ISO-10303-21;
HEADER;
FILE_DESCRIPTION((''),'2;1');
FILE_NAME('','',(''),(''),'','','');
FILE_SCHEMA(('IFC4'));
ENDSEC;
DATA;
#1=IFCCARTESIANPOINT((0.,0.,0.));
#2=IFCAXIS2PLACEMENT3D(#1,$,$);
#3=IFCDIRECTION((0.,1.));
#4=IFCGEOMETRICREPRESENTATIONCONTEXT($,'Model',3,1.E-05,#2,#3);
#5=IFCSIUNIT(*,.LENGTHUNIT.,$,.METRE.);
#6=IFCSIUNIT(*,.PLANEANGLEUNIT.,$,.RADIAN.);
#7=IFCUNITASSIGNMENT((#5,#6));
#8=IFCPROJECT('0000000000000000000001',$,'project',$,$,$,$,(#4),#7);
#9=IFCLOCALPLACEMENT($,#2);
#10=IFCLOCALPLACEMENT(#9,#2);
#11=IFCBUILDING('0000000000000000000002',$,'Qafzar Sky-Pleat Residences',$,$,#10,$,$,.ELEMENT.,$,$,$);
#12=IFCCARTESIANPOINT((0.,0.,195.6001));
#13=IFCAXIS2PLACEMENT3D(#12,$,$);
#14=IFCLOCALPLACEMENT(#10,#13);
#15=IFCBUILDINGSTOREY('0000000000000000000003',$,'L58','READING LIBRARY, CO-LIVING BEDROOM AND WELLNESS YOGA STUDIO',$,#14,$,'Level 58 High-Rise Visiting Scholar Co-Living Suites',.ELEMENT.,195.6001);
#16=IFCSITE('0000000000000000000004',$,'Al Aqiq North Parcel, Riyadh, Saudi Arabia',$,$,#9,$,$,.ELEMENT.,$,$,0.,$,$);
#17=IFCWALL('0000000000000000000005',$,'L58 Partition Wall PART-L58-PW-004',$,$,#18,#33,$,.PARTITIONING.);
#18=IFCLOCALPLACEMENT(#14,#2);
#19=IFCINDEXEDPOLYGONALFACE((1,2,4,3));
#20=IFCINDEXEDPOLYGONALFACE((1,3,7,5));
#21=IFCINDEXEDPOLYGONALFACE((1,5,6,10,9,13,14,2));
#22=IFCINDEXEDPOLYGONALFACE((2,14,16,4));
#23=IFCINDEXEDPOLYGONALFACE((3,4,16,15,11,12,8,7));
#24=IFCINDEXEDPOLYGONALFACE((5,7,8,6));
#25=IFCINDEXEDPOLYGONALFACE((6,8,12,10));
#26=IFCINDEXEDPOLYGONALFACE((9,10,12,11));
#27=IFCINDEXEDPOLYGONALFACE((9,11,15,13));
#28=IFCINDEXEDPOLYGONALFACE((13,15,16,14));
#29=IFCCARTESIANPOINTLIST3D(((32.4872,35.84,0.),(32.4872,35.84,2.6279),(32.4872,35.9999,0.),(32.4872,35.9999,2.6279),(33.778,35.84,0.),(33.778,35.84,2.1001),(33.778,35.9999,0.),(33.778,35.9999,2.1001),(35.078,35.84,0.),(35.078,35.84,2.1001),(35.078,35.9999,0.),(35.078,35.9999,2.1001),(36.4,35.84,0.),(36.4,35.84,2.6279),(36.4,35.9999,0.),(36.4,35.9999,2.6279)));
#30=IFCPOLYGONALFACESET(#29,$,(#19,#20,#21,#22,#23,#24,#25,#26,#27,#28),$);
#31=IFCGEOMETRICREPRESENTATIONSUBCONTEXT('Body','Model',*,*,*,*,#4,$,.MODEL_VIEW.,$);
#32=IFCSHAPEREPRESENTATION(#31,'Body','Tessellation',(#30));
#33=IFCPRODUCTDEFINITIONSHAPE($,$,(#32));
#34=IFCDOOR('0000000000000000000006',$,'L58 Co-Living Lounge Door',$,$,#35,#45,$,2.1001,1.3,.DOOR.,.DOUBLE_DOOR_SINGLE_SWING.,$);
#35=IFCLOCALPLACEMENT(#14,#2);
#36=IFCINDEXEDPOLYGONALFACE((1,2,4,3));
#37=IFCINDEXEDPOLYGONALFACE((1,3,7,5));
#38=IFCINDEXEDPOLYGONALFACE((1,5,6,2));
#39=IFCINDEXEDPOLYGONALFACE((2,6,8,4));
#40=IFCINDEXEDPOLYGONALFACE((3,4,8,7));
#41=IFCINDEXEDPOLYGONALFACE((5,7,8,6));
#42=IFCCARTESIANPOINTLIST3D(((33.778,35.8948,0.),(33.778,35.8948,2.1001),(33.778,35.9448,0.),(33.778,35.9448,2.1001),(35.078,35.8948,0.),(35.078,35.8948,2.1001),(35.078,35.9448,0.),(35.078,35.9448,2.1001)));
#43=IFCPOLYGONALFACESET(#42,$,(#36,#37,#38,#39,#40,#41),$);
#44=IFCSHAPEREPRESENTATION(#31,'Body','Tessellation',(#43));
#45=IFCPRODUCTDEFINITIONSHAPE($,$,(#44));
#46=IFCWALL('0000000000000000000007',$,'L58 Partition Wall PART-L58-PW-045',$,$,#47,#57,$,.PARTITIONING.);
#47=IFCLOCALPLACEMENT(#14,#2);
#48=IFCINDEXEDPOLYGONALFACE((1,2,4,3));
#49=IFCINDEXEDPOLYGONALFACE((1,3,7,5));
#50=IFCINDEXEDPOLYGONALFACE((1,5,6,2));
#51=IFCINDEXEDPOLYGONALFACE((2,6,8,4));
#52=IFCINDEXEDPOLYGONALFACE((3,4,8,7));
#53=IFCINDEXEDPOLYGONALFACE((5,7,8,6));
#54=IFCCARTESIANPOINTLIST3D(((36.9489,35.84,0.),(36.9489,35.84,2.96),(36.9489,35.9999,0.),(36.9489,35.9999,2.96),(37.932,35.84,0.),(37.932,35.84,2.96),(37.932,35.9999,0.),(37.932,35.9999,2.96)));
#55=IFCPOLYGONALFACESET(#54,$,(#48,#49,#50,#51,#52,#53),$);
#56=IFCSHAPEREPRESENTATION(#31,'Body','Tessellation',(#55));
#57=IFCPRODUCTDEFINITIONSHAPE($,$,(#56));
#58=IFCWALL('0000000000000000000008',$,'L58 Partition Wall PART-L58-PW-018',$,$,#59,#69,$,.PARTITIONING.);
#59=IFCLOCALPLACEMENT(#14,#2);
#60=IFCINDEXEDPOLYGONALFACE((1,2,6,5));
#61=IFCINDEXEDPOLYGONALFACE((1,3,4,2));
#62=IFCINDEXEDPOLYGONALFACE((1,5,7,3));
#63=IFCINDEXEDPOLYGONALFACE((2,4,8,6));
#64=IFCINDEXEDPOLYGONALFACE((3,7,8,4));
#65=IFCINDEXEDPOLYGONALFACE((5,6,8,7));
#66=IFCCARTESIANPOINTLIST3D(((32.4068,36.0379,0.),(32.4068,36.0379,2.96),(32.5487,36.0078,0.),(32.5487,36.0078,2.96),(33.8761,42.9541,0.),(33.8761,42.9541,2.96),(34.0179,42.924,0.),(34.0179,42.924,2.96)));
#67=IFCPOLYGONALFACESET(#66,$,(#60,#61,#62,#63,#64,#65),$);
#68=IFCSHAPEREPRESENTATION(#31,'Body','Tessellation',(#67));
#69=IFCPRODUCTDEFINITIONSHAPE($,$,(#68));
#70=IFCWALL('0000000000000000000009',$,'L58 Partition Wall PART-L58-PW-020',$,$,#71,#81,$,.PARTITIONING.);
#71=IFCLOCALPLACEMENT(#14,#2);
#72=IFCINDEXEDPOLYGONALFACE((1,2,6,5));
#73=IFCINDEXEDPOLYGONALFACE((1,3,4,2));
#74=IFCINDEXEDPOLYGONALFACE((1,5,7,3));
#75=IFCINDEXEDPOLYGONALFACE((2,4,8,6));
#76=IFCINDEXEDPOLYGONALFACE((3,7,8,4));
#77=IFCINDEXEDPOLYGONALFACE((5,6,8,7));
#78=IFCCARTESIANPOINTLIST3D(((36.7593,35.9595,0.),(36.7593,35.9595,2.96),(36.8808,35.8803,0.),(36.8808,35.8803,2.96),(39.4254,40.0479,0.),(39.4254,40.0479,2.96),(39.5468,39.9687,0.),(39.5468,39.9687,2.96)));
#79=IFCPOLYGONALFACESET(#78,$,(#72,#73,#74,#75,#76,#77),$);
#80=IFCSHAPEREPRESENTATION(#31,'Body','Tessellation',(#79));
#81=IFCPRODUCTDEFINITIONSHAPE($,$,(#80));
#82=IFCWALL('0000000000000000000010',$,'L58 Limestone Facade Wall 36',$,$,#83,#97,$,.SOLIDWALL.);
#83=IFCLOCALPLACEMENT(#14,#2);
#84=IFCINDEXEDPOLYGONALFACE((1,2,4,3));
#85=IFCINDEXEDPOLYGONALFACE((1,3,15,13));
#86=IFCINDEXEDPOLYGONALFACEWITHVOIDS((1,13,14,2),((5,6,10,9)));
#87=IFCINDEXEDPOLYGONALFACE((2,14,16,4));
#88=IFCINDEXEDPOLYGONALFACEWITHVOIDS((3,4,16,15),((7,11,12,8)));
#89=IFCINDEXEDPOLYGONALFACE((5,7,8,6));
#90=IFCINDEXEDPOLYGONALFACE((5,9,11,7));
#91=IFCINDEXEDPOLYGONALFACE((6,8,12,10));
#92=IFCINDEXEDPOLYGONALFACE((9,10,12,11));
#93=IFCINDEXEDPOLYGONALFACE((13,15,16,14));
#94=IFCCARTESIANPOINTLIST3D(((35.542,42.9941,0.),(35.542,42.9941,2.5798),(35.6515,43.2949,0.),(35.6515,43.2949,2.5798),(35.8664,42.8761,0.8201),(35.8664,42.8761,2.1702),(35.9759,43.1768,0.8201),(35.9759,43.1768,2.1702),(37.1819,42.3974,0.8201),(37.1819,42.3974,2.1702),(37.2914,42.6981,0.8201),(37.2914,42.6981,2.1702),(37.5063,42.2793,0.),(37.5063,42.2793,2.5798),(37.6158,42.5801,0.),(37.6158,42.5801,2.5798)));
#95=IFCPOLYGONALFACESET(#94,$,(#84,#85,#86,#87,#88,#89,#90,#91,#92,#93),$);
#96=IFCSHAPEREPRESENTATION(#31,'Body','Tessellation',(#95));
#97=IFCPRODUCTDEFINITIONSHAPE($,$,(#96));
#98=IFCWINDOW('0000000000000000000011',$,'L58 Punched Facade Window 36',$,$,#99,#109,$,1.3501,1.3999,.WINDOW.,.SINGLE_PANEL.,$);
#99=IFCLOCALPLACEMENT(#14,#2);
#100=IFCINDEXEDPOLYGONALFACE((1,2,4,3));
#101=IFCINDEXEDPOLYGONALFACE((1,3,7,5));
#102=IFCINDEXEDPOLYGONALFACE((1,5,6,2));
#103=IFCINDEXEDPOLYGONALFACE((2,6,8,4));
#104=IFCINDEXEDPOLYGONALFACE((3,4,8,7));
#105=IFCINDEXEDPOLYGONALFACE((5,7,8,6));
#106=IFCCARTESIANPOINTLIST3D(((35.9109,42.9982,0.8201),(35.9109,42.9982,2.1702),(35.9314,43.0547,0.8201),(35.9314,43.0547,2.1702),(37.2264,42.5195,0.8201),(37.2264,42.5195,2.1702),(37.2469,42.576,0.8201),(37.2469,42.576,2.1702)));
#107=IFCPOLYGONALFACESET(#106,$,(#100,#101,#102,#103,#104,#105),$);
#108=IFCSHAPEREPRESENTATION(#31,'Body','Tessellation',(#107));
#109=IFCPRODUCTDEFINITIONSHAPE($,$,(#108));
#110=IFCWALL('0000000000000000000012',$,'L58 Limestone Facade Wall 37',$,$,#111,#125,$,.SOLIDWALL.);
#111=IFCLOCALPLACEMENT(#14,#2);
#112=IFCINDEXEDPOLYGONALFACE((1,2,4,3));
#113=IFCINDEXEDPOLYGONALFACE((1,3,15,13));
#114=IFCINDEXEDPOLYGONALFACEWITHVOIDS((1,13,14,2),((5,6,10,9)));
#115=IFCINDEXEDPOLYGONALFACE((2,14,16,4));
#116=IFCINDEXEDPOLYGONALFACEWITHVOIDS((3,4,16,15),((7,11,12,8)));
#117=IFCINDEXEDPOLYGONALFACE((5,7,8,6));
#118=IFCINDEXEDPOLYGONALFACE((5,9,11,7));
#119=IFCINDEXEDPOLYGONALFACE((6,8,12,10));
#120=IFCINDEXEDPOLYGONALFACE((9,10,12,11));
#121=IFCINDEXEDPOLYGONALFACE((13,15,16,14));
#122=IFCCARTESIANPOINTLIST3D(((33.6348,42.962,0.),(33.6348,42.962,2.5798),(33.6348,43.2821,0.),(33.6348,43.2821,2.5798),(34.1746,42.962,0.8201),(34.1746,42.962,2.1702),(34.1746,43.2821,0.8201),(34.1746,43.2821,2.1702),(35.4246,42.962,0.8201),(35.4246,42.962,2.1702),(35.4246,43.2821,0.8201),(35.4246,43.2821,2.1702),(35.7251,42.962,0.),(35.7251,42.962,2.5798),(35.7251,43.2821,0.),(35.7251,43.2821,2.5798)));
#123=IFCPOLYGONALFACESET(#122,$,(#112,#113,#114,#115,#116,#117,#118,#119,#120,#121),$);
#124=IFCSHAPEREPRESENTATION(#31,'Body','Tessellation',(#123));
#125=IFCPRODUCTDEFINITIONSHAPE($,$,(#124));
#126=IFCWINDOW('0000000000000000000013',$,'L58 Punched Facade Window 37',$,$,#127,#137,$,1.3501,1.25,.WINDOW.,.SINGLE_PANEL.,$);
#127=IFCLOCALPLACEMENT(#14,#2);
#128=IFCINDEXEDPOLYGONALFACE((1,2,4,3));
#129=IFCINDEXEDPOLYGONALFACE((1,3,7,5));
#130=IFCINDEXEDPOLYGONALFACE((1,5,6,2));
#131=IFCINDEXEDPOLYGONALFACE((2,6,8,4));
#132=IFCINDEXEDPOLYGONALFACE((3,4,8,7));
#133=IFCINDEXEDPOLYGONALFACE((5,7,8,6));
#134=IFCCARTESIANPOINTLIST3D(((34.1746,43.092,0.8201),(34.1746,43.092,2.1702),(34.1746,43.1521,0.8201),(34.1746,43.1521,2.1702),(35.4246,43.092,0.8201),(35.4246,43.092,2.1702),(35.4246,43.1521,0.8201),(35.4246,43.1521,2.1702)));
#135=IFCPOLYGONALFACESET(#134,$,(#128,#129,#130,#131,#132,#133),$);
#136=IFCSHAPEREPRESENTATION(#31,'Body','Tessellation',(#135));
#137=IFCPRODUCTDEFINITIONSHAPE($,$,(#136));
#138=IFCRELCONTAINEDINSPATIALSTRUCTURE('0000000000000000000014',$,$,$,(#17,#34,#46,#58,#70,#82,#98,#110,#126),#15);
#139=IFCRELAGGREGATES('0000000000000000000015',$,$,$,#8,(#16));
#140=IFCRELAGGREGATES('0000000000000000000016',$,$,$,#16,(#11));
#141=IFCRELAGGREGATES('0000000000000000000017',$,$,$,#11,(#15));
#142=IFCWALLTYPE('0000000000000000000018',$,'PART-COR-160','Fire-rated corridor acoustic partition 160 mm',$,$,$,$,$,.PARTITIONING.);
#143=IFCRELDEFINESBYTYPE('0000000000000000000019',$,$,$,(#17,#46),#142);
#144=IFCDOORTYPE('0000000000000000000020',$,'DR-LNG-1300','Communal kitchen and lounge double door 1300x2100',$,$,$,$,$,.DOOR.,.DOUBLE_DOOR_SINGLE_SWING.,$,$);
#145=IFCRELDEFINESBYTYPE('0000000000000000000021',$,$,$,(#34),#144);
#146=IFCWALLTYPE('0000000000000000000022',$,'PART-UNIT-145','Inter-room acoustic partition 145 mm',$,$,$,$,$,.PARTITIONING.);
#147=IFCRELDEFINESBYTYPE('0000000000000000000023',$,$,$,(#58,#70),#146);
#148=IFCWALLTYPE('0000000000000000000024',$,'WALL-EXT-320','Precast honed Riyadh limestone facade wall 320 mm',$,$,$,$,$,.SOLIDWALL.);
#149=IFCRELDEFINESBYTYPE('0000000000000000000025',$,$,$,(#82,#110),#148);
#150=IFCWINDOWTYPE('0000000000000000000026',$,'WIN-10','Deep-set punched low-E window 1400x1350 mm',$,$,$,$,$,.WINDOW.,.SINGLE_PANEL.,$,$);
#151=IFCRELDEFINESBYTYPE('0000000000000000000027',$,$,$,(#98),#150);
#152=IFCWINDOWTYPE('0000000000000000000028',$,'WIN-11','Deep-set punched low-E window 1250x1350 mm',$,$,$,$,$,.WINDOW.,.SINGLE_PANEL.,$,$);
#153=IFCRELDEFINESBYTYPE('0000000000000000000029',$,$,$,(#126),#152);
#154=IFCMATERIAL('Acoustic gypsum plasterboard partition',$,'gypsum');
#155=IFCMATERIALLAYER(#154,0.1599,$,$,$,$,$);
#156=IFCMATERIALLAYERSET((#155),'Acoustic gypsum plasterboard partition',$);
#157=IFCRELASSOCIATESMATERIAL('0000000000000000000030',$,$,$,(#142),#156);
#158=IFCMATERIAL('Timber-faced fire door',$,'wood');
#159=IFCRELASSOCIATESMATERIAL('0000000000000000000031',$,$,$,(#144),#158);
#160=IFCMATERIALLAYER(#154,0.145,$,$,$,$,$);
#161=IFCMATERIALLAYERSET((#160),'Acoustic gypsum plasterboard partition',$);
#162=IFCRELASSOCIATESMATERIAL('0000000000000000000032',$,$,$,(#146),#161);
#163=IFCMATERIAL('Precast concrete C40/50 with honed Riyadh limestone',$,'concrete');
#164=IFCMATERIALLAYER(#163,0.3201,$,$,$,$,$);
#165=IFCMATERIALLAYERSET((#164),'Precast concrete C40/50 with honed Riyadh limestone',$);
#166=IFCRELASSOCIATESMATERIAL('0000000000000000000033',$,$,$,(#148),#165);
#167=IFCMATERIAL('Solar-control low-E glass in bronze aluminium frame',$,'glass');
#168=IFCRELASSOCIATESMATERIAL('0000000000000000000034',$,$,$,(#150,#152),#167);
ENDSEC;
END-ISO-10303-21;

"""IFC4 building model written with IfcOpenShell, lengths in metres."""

from ifc_helpers import new_model, si_unit, direction, frame, frame_2d, origin, place, context, subcontext, project, spatial, rectangle, extrude, source, transform, mapped, material, layer, layer_set, type_object, element, fill, save


model = new_model("IFC4")

# Units and contexts
model_context = context("Model", 3, precision=1e-05, world=origin(), true_north=direction((0.0, 1.0)))
body_context = subcontext(model_context, "Body", "Model", "MODEL_VIEW")
ifc_project = project(units=[si_unit("LENGTHUNIT", "METRE"), si_unit("PLANEANGLEUNIT", "RADIAN")], contexts=[model_context])

# Site, building, storey
site_placement = place(None, origin())
site = spatial("IfcSite", under=ifc_project, at=site_placement, Name="Al Aqiq North Parcel, Riyadh, Saudi Arabia", CompositionType="ELEMENT", RefElevation=0.0)
building_placement = place(site_placement, origin())
building = spatial("IfcBuilding", under=site, at=building_placement, Name="Qafzar Sky-Pleat Residences", CompositionType="ELEMENT")
storey_placement = place(building_placement, frame((0.0, 0.0, 195.6001)))
storey = spatial("IfcBuildingStorey", under=building, at=storey_placement, Name="L58", Description="READING LIBRARY, CO-LIVING BEDROOM AND WELLNESS YOGA STUDIO", LongName="Level 58 High-Rise Visiting Scholar Co-Living Suites", CompositionType="ELEMENT", Elevation=195.6001)

# Wall, opening, door
ifc_material_1 = material(Name="Acoustic gypsum plasterboard partition", Category="gypsum")
ifc_layer_1 = layer(ifc_material_1, 0.1599)
ifc_layer_set_1 = layer_set([ifc_layer_1], Name="Acoustic gypsum plasterboard partition")
wall_type_1 = type_object("IfcWallType", Name="PART-COR-160", Description="Fire-rated corridor acoustic partition 160 mm", PredefinedType="PARTITIONING", material=ifc_layer_set_1)
wall_1_placement = place(storey_placement, frame((32.4871, 35.9199, 0.0), z_axis=(0.0, 0.0, 1.0), x_axis=(1.0, 0.0, 0.0)))
wall_1 = element("IfcWall", 1, at=wall_1_placement, inside=storey, type_object=wall_type_1, Name="L58 Partition Wall PART-L58-PW-004", PredefinedType="PARTITIONING", context=body_context, shape_type="SweptSolid", body=[
    extrude(rectangle(XDim=3.9128, YDim=0.1599, at=frame_2d((1.9565, 0.0))), origin(), (0.0, 0.0, 1.0), 2.6279),
])
opening_1_placement = place(wall_1_placement, frame((1.291, 0.0, 0.0)))
opening_1 = element("IfcOpeningElement", 2, at=opening_1_placement, cuts=wall_1, PredefinedType="OPENING", context=body_context, shape_type="SweptSolid", body=[
    extrude(rectangle(XDim=1.3, YDim=2.1001, at=frame_2d((0.6499, 1.05))), frame((0.0, 0.0898, 0.0), z_axis=(0.0, -1.0, 0.0), x_axis=(1.0, 0.0, 0.0)), (0.0, 0.0, 1.0), 0.1799),
])
ifc_material_2 = material(Name="Timber-faced fire door", Category="wood")
door_type_1 = type_object("IfcDoorType", Name="DR-LNG-1300", Description="Communal kitchen and lounge double door 1300x2100", OperationType="DOUBLE_DOOR_SINGLE_SWING", PredefinedType="DOOR", material=ifc_material_2)
shared_shape_1 = source(origin(), body_context, "Body", "SweptSolid", [
    extrude(rectangle(XDim=1.3, YDim=2.1001, at=frame_2d((0.6499, 1.05))), frame((0.0, 0.0249, 0.0), z_axis=(0.0, -1.0, 0.0), x_axis=(1.0, 0.0, 0.0)), (0.0, 0.0, 1.0), 0.05),
])
door_1_placement = place(opening_1_placement, origin())
door_1 = element("IfcDoor", 3, at=door_1_placement, inside=storey, type_object=door_type_1, Name="L58 Co-Living Lounge Door", OperationType="DOUBLE_DOOR_SINGLE_SWING", OverallHeight=2.1001, OverallWidth=1.3, PredefinedType="DOOR", context=body_context, shape_type="MappedRepresentation", body=[
    mapped(shared_shape_1, transform((0.0, 0.0, 0.0), x_axis=(1.0, 0.0, 0.0), y_axis=(0.0, 1.0, 0.0), z_axis=(0.0, 0.0, 1.0), scale=1.0)),
])
fill(opening_1, door_1)

# Walls
wall_2_placement = place(storey_placement, frame((36.9487, 35.9199, 0.0), z_axis=(0.0, 0.0, 1.0), x_axis=(1.0, 0.0, 0.0)))
element("IfcWall", 4, at=wall_2_placement, inside=storey, type_object=wall_type_1, Name="L58 Partition Wall PART-L58-PW-045", PredefinedType="PARTITIONING", context=body_context, shape_type="SweptSolid", body=[
    extrude(rectangle(XDim=0.9832, YDim=0.1599, at=frame_2d((0.4917, 0.0))), origin(), (0.0, 0.0, 1.0), 2.96),
])
ifc_layer_2 = layer(ifc_material_1, 0.145)
ifc_layer_set_2 = layer_set([ifc_layer_2], Name="Acoustic gypsum plasterboard partition")
wall_type_2 = type_object("IfcWallType", Name="PART-UNIT-145", Description="Inter-room acoustic partition 145 mm", PredefinedType="PARTITIONING", material=ifc_layer_set_2)
wall_3_placement = place(storey_placement, frame((32.4778, 36.0229, 0.0), z_axis=(0.0, 0.0, 1.0), x_axis=(0.207796, 0.978172, 0.0)))
element("IfcWall", 5, at=wall_3_placement, inside=storey, type_object=wall_type_2, Name="L58 Partition Wall PART-L58-PW-018", PredefinedType="PARTITIONING", context=body_context, shape_type="SweptSolid", body=[
    extrude(rectangle(XDim=7.0706, YDim=0.145, at=frame_2d((3.5352, 0.0))), origin(), (0.0, 0.0, 1.0), 2.96),
])
wall_4_placement = place(storey_placement, frame((36.8201, 35.9199, 0.0), z_axis=(0.0, 0.0, 1.0), x_axis=(0.546222, 0.83764, 0.0)))
element("IfcWall", 6, at=wall_4_placement, inside=storey, type_object=wall_type_2, Name="L58 Partition Wall PART-L58-PW-020", PredefinedType="PARTITIONING", context=body_context, shape_type="SweptSolid", body=[
    extrude(rectangle(XDim=4.8809, YDim=0.145, at=frame_2d((2.4404, 0.0))), origin(), (0.0, 0.0, 1.0), 2.96),
])

# Walls, openings, windows
ifc_material_3 = material(Name="Precast concrete C40/50 with honed Riyadh limestone", Category="concrete")
ifc_layer_3 = layer(ifc_material_3, 0.3201)
ifc_layer_set_3 = layer_set([ifc_layer_3], Name="Precast concrete C40/50 with honed Riyadh limestone")
wall_type_3 = type_object("IfcWallType", Name="WALL-EXT-320", Description="Precast honed Riyadh limestone facade wall 320 mm", PredefinedType="SOLIDWALL", material=ifc_layer_set_3)
wall_5_placement = place(storey_placement, frame((37.561, 42.4297, 0.0), z_axis=(0.0, 0.0, 1.0), x_axis=(-0.939712, 0.341968, 0.0)))
wall_5 = element("IfcWall", 7, at=wall_5_placement, inside=storey, type_object=wall_type_3, Name="L58 Limestone Facade Wall 36", PredefinedType="SOLIDWALL", context=body_context, shape_type="SweptSolid", body=[
    extrude(rectangle(XDim=2.0903, YDim=0.3201, at=frame_2d((1.0452, 0.0))), origin(), (0.0, 0.0, 1.0), 2.5798),
])
opening_2_placement = place(wall_5_placement, frame((0.3452, 0.0, 0.8201)))
opening_2 = element("IfcOpeningElement", 8, at=opening_2_placement, cuts=wall_5, PredefinedType="OPENING", context=body_context, shape_type="SweptSolid", body=[
    extrude(rectangle(XDim=1.3999, YDim=1.3501, at=frame_2d((0.7, 0.675))), frame((0.0, 0.1699, 0.0), z_axis=(0.0, -1.0, 0.0), x_axis=(1.0, 0.0, 0.0)), (0.0, 0.0, 1.0), 0.3401),
])
ifc_material_4 = material(Name="Solar-control low-E glass in bronze aluminium frame", Category="glass")
window_type_1 = type_object("IfcWindowType", Name="WIN-10", Description="Deep-set punched low-E window 1400x1350 mm", PartitioningType="SINGLE_PANEL", PredefinedType="WINDOW", material=ifc_material_4)
shared_shape_2 = source(origin(), body_context, "Body", "SweptSolid", [
    extrude(rectangle(XDim=1.3999, YDim=1.3501, at=frame_2d((0.7, 0.675))), frame((0.0, 0.03, 0.0), z_axis=(0.0, -1.0, 0.0), x_axis=(1.0, 0.0, 0.0)), (0.0, 0.0, 1.0), 0.0601),
])
window_1_placement = place(opening_2_placement, origin())
window_1 = element("IfcWindow", 9, at=window_1_placement, inside=storey, type_object=window_type_1, Name="L58 Punched Facade Window 36", OverallHeight=1.3501, OverallWidth=1.3999, PartitioningType="SINGLE_PANEL", PredefinedType="WINDOW", context=body_context, shape_type="MappedRepresentation", body=[
    mapped(shared_shape_2, transform((0.0, 0.0, 0.0), x_axis=(1.0, 0.0, 0.0), y_axis=(0.0, 1.0, 0.0), z_axis=(0.0, 0.0, 1.0), scale=1.0)),
])
fill(opening_2, window_1)
wall_6_placement = place(storey_placement, frame((35.7251, 43.1221, 0.0), z_axis=(0.0, 0.0, 1.0), x_axis=(-1.0, 0.0, 0.0)))
wall_6 = element("IfcWall", 10, at=wall_6_placement, inside=storey, type_object=wall_type_3, Name="L58 Limestone Facade Wall 37", PredefinedType="SOLIDWALL", context=body_context, shape_type="SweptSolid", body=[
    extrude(rectangle(XDim=2.0903, YDim=0.3201, at=frame_2d((1.0452, 0.0))), origin(), (0.0, 0.0, 1.0), 2.5798),
])
opening_3_placement = place(wall_6_placement, frame((0.3005, 0.0, 0.8201)))
opening_3 = element("IfcOpeningElement", 11, at=opening_3_placement, cuts=wall_6, PredefinedType="OPENING", context=body_context, shape_type="SweptSolid", body=[
    extrude(rectangle(XDim=1.25, YDim=1.3501, at=frame_2d((0.625, 0.675))), frame((0.0, 0.1699, 0.0), z_axis=(0.0, -1.0, 0.0), x_axis=(1.0, 0.0, 0.0)), (0.0, 0.0, 1.0), 0.3401),
])
window_type_2 = type_object("IfcWindowType", Name="WIN-11", Description="Deep-set punched low-E window 1250x1350 mm", PartitioningType="SINGLE_PANEL", PredefinedType="WINDOW", material=ifc_material_4)
shared_shape_3 = source(origin(), body_context, "Body", "SweptSolid", [
    extrude(rectangle(XDim=1.25, YDim=1.3501, at=frame_2d((0.625, 0.675))), frame((0.0, 0.03, 0.0), z_axis=(0.0, -1.0, 0.0), x_axis=(1.0, 0.0, 0.0)), (0.0, 0.0, 1.0), 0.0601),
])
window_2_placement = place(opening_3_placement, origin())
window_2 = element("IfcWindow", 12, at=window_2_placement, inside=storey, type_object=window_type_2, Name="L58 Punched Facade Window 37", OverallHeight=1.3501, OverallWidth=1.25, PartitioningType="SINGLE_PANEL", PredefinedType="WINDOW", context=body_context, shape_type="MappedRepresentation", body=[
    mapped(shared_shape_3, transform((0.0, 0.0, 0.0), x_axis=(1.0, 0.0, 0.0), y_axis=(0.0, 1.0, 0.0), z_axis=(0.0, 0.0, 1.0), scale=1.0)),
])
fill(opening_3, window_2)

save(model, "model.ifc")
